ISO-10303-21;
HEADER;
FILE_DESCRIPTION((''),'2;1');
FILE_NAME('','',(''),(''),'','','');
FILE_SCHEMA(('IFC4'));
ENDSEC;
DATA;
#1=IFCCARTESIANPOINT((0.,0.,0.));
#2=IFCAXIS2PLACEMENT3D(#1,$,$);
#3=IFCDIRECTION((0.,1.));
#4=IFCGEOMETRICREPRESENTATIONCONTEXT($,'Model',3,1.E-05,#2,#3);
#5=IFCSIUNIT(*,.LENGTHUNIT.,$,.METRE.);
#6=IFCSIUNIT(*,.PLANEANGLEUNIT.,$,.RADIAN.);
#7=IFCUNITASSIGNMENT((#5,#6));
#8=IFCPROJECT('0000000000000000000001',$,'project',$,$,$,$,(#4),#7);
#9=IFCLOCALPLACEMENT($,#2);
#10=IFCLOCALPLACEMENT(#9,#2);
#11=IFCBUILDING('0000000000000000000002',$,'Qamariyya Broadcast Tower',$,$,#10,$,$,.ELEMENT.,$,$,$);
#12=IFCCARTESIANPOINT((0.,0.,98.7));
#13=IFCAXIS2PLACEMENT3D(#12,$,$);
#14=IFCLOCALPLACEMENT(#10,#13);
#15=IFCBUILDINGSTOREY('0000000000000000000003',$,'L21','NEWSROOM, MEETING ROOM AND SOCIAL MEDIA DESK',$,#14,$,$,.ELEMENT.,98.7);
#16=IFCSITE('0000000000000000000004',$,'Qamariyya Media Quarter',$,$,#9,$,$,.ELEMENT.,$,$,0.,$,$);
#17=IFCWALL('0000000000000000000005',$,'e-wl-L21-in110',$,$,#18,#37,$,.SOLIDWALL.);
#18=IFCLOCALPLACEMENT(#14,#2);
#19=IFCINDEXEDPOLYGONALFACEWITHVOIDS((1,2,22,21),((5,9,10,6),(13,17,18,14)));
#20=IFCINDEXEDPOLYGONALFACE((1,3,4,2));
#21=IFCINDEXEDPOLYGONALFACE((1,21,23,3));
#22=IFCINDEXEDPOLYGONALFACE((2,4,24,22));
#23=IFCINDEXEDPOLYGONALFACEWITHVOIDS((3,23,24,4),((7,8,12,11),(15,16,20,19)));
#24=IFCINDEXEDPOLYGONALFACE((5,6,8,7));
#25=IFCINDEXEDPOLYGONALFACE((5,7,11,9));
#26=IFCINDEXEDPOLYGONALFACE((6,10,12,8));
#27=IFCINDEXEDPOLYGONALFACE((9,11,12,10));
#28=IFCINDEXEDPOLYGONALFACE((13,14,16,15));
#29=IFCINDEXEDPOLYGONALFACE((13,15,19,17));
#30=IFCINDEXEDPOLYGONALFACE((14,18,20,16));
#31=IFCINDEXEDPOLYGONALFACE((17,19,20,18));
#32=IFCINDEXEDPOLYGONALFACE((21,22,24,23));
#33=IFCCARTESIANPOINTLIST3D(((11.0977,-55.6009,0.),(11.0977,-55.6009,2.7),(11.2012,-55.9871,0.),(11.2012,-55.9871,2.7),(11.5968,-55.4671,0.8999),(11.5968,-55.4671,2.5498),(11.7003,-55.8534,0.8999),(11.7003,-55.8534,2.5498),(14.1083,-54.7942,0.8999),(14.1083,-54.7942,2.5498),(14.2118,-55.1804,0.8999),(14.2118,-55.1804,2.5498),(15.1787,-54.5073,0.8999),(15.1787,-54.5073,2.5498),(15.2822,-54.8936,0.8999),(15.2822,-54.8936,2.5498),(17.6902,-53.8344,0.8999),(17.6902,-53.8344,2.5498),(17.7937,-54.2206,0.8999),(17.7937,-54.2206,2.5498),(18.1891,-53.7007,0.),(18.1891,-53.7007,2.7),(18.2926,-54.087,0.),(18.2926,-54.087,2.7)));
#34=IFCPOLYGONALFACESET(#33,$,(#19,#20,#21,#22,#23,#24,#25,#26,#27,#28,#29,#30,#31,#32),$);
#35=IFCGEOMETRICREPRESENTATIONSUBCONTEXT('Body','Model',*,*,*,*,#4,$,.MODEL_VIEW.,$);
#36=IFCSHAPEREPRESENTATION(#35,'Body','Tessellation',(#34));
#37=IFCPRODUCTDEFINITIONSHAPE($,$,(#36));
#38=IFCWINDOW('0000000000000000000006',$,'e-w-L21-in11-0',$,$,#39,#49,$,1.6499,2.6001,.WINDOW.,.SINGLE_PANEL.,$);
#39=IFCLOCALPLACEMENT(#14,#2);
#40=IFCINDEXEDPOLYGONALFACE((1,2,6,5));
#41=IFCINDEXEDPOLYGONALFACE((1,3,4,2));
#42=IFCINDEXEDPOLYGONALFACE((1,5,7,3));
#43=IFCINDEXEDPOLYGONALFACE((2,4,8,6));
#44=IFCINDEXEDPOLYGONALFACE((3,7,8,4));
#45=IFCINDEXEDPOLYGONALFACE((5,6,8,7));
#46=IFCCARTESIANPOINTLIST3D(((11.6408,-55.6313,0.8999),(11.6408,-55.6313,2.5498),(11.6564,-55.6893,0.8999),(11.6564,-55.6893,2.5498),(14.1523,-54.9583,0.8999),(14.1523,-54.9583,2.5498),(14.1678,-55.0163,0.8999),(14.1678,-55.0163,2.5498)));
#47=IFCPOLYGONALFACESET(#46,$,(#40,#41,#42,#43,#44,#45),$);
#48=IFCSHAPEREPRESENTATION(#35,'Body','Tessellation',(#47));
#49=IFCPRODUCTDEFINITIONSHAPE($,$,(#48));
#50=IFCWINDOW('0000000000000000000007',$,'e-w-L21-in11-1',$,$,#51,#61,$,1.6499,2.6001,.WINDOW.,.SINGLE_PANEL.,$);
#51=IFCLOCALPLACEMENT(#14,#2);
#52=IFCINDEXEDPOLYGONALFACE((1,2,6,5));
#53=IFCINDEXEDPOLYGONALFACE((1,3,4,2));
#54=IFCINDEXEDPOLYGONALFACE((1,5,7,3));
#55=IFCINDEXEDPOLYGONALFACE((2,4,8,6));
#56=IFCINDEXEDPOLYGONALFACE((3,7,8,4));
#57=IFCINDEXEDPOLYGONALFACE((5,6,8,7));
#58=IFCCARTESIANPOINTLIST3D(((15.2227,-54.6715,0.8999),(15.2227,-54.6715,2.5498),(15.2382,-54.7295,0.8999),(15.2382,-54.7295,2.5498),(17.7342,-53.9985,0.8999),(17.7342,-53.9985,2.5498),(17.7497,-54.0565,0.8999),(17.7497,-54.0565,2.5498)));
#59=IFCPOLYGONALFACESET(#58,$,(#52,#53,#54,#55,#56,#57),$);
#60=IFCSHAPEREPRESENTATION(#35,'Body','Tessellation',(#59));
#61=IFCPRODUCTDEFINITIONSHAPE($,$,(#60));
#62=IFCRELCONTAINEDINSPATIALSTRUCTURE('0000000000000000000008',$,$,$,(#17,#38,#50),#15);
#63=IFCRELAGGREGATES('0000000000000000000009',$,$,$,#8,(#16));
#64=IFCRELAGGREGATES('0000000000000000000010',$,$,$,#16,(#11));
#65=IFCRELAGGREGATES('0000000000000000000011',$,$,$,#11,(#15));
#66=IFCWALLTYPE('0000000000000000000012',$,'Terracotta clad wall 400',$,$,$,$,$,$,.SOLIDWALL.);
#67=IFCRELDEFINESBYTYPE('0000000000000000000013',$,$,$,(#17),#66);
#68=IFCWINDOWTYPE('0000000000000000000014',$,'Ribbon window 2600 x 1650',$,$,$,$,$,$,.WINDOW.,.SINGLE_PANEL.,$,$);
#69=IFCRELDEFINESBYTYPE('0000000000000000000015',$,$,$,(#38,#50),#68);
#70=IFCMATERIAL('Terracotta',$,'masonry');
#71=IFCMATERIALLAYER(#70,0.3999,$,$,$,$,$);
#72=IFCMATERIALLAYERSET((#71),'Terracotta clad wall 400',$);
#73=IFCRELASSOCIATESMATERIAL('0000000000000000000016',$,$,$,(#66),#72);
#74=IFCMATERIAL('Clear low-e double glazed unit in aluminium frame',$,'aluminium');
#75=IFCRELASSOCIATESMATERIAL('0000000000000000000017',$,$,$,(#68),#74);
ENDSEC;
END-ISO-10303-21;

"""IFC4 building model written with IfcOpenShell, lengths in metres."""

from ifc_helpers import new_model, si_unit, direction, frame, frame_2d, origin, place, context, subcontext, project, spatial, rectangle, extrude, material, layer, layer_set, type_object, element, fill, save


model = new_model("IFC4")

# Units and contexts
model_context = context("Model", 3, precision=1e-05, world=origin(), true_north=direction((0.0, 1.0)))
body_context = subcontext(model_context, "Body", "Model", "MODEL_VIEW")
ifc_project = project(units=[si_unit("LENGTHUNIT", "METRE"), si_unit("PLANEANGLEUNIT", "RADIAN")], contexts=[model_context])

# Site, building, storey
site_placement = place(None, origin())
site = spatial("IfcSite", under=ifc_project, at=site_placement, Name="Qamariyya Media Quarter", CompositionType="ELEMENT", RefElevation=0.0)
building_placement = place(site_placement, origin())
building = spatial("IfcBuilding", under=site, at=building_placement, Name="Qamariyya Broadcast Tower", CompositionType="ELEMENT")
storey_placement = place(building_placement, frame((0.0, 0.0, 98.7)))
storey = spatial("IfcBuildingStorey", under=building, at=storey_placement, Name="L21", Description="NEWSROOM, MEETING ROOM AND SOCIAL MEDIA DESK", CompositionType="ELEMENT", Elevation=98.7)

# Wall, openings, windows
ifc_material_1 = material(Name="Terracotta", Category="masonry")
ifc_layer_1 = layer(ifc_material_1, 0.3999)
ifc_layer_set_1 = layer_set([ifc_layer_1], Name="Terracotta clad wall 400")
wall_type_1 = type_object("IfcWallType", Name="Terracotta clad wall 400", PredefinedType="SOLIDWALL", material=ifc_layer_set_1)
wall_1_placement = place(storey_placement, frame((18.241, -53.8938, 0.0), z_axis=(0.0, 0.0, 1.0), x_axis=(-0.965925, -0.258824, 0.0)))
wall_1 = element("IfcWall", 1, at=wall_1_placement, inside=storey, type_object=wall_type_1, Name="e-wl-L21-in110", PredefinedType="SOLIDWALL", context=body_context, shape_type="SweptSolid", body=[
    extrude(rectangle(XDim=7.3416, YDim=0.3999, at=frame_2d((3.6709, 0.0))), origin(), (0.0, 0.0, 1.0), 2.7),
])
opening_1_placement = place(wall_1_placement, frame((4.2249, 0.0, 0.8999)))
opening_1 = element("IfcOpeningElement", 2, at=opening_1_placement, cuts=wall_1, PredefinedType="OPENING", context=body_context, shape_type="SweptSolid", body=[
    extrude(rectangle(XDim=2.6001, YDim=1.6499, at=frame_2d((1.3, 0.825))), frame((0.0, 0.21, 0.0), z_axis=(0.0, -1.0, 0.0), x_axis=(1.0, 0.0, 0.0)), (0.0, 0.0, 1.0), 0.4199),
])
opening_2_placement = place(wall_1_placement, frame((0.5166, 0.0, 0.8999)))
opening_2 = element("IfcOpeningElement", 3, at=opening_2_placement, cuts=wall_1, PredefinedType="OPENING", context=body_context, shape_type="SweptSolid", body=[
    extrude(rectangle(XDim=2.6001, YDim=1.6499, at=frame_2d((1.3, 0.825))), frame((0.0, 0.21, 0.0), z_axis=(0.0, -1.0, 0.0), x_axis=(1.0, 0.0, 0.0)), (0.0, 0.0, 1.0), 0.4199),
])
ifc_material_2 = material(Name="Clear low-e double glazed unit in aluminium frame", Category="aluminium")
window_type = type_object("IfcWindowType", Name="Ribbon window 2600 x 1650", PartitioningType="SINGLE_PANEL", PredefinedType="WINDOW", material=ifc_material_2)
window_1_placement = place(opening_1_placement, origin())
window_1 = element("IfcWindow", 4, at=window_1_placement, inside=storey, type_object=window_type, Name="e-w-L21-in11-0", OverallHeight=1.6499, OverallWidth=2.6001, PartitioningType="SINGLE_PANEL", PredefinedType="WINDOW", context=body_context, shape_type="SweptSolid", body=[
    extrude(rectangle(XDim=2.6001, YDim=1.6499, at=frame_2d((1.3, 0.825))), frame((0.0, 0.03, 0.0), z_axis=(0.0, -1.0, 0.0), x_axis=(1.0, 0.0, 0.0)), (0.0, 0.0, 1.0), 0.0601),
])
fill(opening_1, window_1)
window_2_placement = place(opening_2_placement, origin())
window_2 = element("IfcWindow", 5, at=window_2_placement, inside=storey, type_object=window_type, Name="e-w-L21-in11-1", OverallHeight=1.6499, OverallWidth=2.6001, PartitioningType="SINGLE_PANEL", PredefinedType="WINDOW", context=body_context, shape_type="SweptSolid", body=[
    extrude(rectangle(XDim=2.6001, YDim=1.6499, at=frame_2d((1.3, 0.825))), frame((0.0, 0.03, 0.0), z_axis=(0.0, -1.0, 0.0), x_axis=(1.0, 0.0, 0.0)), (0.0, 0.0, 1.0), 0.0601),
])
fill(opening_2, window_2)

save(model, "model.ifc")
